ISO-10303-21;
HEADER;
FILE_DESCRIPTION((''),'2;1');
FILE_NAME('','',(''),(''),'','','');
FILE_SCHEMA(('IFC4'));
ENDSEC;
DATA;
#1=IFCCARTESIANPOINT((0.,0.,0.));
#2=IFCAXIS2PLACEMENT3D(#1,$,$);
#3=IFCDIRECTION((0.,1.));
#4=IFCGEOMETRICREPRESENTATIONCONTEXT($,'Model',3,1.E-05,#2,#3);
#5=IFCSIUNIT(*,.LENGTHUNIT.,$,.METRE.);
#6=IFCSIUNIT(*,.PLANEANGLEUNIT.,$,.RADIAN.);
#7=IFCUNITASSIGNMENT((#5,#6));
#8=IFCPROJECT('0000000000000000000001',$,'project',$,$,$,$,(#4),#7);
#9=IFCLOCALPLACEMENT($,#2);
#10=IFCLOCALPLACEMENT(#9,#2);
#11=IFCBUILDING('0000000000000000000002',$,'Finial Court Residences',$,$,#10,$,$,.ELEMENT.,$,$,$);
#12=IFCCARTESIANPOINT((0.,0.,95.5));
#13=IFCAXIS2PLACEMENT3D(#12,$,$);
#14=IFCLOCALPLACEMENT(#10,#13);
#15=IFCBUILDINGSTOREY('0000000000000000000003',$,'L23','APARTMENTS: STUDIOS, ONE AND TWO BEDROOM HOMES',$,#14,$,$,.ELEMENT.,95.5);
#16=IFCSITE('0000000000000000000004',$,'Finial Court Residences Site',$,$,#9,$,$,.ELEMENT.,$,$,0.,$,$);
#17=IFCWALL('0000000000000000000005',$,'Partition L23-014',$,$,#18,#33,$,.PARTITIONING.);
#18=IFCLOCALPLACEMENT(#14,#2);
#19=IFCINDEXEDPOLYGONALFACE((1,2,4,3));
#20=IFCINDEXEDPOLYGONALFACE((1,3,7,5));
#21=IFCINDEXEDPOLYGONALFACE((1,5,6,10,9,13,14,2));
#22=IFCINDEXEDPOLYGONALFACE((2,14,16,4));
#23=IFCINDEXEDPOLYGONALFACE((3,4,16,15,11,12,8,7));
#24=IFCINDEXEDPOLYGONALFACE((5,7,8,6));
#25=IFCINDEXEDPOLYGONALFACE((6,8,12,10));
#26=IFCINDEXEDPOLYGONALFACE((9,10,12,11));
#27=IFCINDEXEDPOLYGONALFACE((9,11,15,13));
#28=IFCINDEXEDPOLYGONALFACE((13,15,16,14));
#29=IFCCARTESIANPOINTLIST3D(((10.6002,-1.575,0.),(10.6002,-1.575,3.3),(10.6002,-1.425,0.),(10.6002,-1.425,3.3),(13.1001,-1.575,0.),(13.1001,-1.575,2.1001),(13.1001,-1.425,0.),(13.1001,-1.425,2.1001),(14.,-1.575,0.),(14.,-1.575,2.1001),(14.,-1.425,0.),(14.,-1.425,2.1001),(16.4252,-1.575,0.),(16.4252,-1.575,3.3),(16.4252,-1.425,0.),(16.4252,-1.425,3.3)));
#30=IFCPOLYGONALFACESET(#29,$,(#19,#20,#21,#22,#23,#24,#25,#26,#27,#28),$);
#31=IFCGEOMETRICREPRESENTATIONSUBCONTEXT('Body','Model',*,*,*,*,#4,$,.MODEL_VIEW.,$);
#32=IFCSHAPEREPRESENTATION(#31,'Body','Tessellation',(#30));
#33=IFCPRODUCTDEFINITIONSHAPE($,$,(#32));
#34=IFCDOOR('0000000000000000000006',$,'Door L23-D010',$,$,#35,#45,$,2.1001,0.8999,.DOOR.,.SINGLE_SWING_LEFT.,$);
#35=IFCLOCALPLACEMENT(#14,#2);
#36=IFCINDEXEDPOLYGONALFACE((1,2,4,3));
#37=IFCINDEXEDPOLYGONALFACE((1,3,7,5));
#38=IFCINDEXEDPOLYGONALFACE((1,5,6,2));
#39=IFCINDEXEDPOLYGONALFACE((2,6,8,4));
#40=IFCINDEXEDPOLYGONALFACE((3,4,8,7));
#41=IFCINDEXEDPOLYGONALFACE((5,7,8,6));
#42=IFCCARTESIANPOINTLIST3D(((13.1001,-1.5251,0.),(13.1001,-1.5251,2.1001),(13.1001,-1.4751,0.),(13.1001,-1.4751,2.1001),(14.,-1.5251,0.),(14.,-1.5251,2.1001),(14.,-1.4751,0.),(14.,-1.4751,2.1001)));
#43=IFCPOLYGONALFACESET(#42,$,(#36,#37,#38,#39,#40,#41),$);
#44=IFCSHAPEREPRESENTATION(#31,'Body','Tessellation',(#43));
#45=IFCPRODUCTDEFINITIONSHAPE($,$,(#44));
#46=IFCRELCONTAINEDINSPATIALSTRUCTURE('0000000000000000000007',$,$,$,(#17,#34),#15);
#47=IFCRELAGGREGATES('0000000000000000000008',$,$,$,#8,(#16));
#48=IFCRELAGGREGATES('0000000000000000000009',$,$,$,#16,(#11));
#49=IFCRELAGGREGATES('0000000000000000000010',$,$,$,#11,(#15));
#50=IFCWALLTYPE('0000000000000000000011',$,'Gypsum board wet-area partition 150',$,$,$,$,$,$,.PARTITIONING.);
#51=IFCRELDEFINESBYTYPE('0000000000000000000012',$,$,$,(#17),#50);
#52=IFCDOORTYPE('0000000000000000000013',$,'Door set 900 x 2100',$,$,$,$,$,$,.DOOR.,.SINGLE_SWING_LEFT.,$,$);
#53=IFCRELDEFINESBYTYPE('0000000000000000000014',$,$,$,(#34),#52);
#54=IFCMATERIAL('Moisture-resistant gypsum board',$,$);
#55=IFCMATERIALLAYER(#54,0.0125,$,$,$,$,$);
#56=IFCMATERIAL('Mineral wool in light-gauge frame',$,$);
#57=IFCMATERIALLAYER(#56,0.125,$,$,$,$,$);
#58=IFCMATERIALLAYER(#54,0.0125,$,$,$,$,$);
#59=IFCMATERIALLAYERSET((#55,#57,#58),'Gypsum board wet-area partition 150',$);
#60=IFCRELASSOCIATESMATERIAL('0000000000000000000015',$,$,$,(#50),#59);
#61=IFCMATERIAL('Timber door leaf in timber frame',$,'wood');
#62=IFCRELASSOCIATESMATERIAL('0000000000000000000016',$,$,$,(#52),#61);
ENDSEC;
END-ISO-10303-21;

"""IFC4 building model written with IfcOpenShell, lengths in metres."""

from ifc_helpers import new_model, si_unit, direction, frame, frame_2d, origin, place, context, subcontext, project, spatial, rectangle, extrude, material, layer, layer_set, type_object, element, fill, save


model = new_model("IFC4")

# Units and contexts
model_context = context("Model", 3, precision=1e-05, world=origin(), true_north=direction((0.0, 1.0)))
body_context = subcontext(model_context, "Body", "Model", "MODEL_VIEW")
ifc_project = project(units=[si_unit("LENGTHUNIT", "METRE"), si_unit("PLANEANGLEUNIT", "RADIAN")], contexts=[model_context])

# Site, building, storey
site_placement = place(None, origin())
site = spatial("IfcSite", under=ifc_project, at=site_placement, Name="Finial Court Residences Site", CompositionType="ELEMENT", RefElevation=0.0)
building_placement = place(site_placement, origin())
building = spatial("IfcBuilding", under=site, at=building_placement, Name="Finial Court Residences", CompositionType="ELEMENT")
storey_placement = place(building_placement, frame((0.0, 0.0, 95.5)))
storey = spatial("IfcBuildingStorey", under=building, at=storey_placement, Name="L23", Description="APARTMENTS: STUDIOS, ONE AND TWO BEDROOM HOMES", CompositionType="ELEMENT", Elevation=95.5)

# Shared definitions
ifc_material_1 = material(Name="Mineral wool in light-gauge frame")

# Wall, opening, door
ifc_material_2 = material(Name="Moisture-resistant gypsum board")
ifc_layer_1 = layer(ifc_material_2, 0.0125)
ifc_layer_2 = layer(ifc_material_1, 0.125)
ifc_layer_3 = layer(ifc_material_2, 0.0125)
ifc_layer_set_1 = layer_set([ifc_layer_1, ifc_layer_2, ifc_layer_3], Name="Gypsum board wet-area partition 150")
wall_type_1 = type_object("IfcWallType", Name="Gypsum board wet-area partition 150", PredefinedType="PARTITIONING", material=ifc_layer_set_1)
wall_1_placement = place(storey_placement, frame((10.6001, -1.5, 0.0), z_axis=(0.0, 0.0, 1.0), x_axis=(1.0, 0.0, 0.0)))
wall_1 = element("IfcWall", 1, at=wall_1_placement, inside=storey, type_object=wall_type_1, Name="Partition L23-014", PredefinedType="PARTITIONING", context=body_context, shape_type="SweptSolid", body=[
    extrude(rectangle(XDim=5.825, YDim=0.1499, at=frame_2d((2.9126, 0.0))), origin(), (0.0, 0.0, 1.0), 3.3),
])
opening_1_placement = place(wall_1_placement, frame((2.5, 0.0, 0.0)))
opening_1 = element("IfcOpeningElement", 2, at=opening_1_placement, cuts=wall_1, PredefinedType="OPENING", context=body_context, shape_type="SweptSolid", body=[
    extrude(rectangle(XDim=0.8999, YDim=2.1001, at=frame_2d((0.45, 1.05))), frame((0.0, 0.085, 0.0), z_axis=(0.0, -1.0, 0.0), x_axis=(1.0, 0.0, 0.0)), (0.0, 0.0, 1.0), 0.1699),
])
ifc_material_3 = material(Name="Timber door leaf in timber frame", Category="wood")
door_type_1 = type_object("IfcDoorType", Name="Door set 900 x 2100", OperationType="SINGLE_SWING_LEFT", PredefinedType="DOOR", material=ifc_material_3)
door_1_placement = place(opening_1_placement, origin())
door_1 = element("IfcDoor", 3, at=door_1_placement, inside=storey, type_object=door_type_1, Name="Door L23-D010", OperationType="SINGLE_SWING_LEFT", OverallHeight=2.1001, OverallWidth=0.8999, PredefinedType="DOOR", context=body_context, shape_type="SweptSolid", body=[
    extrude(rectangle(XDim=0.8999, YDim=2.1001, at=frame_2d((0.45, 1.05))), frame((0.0, 0.0249, 0.0), z_axis=(0.0, -1.0, 0.0), x_axis=(1.0, 0.0, 0.0)), (0.0, 0.0, 1.0), 0.05),
])
fill(opening_1, door_1)

save(model, "model.ifc")
